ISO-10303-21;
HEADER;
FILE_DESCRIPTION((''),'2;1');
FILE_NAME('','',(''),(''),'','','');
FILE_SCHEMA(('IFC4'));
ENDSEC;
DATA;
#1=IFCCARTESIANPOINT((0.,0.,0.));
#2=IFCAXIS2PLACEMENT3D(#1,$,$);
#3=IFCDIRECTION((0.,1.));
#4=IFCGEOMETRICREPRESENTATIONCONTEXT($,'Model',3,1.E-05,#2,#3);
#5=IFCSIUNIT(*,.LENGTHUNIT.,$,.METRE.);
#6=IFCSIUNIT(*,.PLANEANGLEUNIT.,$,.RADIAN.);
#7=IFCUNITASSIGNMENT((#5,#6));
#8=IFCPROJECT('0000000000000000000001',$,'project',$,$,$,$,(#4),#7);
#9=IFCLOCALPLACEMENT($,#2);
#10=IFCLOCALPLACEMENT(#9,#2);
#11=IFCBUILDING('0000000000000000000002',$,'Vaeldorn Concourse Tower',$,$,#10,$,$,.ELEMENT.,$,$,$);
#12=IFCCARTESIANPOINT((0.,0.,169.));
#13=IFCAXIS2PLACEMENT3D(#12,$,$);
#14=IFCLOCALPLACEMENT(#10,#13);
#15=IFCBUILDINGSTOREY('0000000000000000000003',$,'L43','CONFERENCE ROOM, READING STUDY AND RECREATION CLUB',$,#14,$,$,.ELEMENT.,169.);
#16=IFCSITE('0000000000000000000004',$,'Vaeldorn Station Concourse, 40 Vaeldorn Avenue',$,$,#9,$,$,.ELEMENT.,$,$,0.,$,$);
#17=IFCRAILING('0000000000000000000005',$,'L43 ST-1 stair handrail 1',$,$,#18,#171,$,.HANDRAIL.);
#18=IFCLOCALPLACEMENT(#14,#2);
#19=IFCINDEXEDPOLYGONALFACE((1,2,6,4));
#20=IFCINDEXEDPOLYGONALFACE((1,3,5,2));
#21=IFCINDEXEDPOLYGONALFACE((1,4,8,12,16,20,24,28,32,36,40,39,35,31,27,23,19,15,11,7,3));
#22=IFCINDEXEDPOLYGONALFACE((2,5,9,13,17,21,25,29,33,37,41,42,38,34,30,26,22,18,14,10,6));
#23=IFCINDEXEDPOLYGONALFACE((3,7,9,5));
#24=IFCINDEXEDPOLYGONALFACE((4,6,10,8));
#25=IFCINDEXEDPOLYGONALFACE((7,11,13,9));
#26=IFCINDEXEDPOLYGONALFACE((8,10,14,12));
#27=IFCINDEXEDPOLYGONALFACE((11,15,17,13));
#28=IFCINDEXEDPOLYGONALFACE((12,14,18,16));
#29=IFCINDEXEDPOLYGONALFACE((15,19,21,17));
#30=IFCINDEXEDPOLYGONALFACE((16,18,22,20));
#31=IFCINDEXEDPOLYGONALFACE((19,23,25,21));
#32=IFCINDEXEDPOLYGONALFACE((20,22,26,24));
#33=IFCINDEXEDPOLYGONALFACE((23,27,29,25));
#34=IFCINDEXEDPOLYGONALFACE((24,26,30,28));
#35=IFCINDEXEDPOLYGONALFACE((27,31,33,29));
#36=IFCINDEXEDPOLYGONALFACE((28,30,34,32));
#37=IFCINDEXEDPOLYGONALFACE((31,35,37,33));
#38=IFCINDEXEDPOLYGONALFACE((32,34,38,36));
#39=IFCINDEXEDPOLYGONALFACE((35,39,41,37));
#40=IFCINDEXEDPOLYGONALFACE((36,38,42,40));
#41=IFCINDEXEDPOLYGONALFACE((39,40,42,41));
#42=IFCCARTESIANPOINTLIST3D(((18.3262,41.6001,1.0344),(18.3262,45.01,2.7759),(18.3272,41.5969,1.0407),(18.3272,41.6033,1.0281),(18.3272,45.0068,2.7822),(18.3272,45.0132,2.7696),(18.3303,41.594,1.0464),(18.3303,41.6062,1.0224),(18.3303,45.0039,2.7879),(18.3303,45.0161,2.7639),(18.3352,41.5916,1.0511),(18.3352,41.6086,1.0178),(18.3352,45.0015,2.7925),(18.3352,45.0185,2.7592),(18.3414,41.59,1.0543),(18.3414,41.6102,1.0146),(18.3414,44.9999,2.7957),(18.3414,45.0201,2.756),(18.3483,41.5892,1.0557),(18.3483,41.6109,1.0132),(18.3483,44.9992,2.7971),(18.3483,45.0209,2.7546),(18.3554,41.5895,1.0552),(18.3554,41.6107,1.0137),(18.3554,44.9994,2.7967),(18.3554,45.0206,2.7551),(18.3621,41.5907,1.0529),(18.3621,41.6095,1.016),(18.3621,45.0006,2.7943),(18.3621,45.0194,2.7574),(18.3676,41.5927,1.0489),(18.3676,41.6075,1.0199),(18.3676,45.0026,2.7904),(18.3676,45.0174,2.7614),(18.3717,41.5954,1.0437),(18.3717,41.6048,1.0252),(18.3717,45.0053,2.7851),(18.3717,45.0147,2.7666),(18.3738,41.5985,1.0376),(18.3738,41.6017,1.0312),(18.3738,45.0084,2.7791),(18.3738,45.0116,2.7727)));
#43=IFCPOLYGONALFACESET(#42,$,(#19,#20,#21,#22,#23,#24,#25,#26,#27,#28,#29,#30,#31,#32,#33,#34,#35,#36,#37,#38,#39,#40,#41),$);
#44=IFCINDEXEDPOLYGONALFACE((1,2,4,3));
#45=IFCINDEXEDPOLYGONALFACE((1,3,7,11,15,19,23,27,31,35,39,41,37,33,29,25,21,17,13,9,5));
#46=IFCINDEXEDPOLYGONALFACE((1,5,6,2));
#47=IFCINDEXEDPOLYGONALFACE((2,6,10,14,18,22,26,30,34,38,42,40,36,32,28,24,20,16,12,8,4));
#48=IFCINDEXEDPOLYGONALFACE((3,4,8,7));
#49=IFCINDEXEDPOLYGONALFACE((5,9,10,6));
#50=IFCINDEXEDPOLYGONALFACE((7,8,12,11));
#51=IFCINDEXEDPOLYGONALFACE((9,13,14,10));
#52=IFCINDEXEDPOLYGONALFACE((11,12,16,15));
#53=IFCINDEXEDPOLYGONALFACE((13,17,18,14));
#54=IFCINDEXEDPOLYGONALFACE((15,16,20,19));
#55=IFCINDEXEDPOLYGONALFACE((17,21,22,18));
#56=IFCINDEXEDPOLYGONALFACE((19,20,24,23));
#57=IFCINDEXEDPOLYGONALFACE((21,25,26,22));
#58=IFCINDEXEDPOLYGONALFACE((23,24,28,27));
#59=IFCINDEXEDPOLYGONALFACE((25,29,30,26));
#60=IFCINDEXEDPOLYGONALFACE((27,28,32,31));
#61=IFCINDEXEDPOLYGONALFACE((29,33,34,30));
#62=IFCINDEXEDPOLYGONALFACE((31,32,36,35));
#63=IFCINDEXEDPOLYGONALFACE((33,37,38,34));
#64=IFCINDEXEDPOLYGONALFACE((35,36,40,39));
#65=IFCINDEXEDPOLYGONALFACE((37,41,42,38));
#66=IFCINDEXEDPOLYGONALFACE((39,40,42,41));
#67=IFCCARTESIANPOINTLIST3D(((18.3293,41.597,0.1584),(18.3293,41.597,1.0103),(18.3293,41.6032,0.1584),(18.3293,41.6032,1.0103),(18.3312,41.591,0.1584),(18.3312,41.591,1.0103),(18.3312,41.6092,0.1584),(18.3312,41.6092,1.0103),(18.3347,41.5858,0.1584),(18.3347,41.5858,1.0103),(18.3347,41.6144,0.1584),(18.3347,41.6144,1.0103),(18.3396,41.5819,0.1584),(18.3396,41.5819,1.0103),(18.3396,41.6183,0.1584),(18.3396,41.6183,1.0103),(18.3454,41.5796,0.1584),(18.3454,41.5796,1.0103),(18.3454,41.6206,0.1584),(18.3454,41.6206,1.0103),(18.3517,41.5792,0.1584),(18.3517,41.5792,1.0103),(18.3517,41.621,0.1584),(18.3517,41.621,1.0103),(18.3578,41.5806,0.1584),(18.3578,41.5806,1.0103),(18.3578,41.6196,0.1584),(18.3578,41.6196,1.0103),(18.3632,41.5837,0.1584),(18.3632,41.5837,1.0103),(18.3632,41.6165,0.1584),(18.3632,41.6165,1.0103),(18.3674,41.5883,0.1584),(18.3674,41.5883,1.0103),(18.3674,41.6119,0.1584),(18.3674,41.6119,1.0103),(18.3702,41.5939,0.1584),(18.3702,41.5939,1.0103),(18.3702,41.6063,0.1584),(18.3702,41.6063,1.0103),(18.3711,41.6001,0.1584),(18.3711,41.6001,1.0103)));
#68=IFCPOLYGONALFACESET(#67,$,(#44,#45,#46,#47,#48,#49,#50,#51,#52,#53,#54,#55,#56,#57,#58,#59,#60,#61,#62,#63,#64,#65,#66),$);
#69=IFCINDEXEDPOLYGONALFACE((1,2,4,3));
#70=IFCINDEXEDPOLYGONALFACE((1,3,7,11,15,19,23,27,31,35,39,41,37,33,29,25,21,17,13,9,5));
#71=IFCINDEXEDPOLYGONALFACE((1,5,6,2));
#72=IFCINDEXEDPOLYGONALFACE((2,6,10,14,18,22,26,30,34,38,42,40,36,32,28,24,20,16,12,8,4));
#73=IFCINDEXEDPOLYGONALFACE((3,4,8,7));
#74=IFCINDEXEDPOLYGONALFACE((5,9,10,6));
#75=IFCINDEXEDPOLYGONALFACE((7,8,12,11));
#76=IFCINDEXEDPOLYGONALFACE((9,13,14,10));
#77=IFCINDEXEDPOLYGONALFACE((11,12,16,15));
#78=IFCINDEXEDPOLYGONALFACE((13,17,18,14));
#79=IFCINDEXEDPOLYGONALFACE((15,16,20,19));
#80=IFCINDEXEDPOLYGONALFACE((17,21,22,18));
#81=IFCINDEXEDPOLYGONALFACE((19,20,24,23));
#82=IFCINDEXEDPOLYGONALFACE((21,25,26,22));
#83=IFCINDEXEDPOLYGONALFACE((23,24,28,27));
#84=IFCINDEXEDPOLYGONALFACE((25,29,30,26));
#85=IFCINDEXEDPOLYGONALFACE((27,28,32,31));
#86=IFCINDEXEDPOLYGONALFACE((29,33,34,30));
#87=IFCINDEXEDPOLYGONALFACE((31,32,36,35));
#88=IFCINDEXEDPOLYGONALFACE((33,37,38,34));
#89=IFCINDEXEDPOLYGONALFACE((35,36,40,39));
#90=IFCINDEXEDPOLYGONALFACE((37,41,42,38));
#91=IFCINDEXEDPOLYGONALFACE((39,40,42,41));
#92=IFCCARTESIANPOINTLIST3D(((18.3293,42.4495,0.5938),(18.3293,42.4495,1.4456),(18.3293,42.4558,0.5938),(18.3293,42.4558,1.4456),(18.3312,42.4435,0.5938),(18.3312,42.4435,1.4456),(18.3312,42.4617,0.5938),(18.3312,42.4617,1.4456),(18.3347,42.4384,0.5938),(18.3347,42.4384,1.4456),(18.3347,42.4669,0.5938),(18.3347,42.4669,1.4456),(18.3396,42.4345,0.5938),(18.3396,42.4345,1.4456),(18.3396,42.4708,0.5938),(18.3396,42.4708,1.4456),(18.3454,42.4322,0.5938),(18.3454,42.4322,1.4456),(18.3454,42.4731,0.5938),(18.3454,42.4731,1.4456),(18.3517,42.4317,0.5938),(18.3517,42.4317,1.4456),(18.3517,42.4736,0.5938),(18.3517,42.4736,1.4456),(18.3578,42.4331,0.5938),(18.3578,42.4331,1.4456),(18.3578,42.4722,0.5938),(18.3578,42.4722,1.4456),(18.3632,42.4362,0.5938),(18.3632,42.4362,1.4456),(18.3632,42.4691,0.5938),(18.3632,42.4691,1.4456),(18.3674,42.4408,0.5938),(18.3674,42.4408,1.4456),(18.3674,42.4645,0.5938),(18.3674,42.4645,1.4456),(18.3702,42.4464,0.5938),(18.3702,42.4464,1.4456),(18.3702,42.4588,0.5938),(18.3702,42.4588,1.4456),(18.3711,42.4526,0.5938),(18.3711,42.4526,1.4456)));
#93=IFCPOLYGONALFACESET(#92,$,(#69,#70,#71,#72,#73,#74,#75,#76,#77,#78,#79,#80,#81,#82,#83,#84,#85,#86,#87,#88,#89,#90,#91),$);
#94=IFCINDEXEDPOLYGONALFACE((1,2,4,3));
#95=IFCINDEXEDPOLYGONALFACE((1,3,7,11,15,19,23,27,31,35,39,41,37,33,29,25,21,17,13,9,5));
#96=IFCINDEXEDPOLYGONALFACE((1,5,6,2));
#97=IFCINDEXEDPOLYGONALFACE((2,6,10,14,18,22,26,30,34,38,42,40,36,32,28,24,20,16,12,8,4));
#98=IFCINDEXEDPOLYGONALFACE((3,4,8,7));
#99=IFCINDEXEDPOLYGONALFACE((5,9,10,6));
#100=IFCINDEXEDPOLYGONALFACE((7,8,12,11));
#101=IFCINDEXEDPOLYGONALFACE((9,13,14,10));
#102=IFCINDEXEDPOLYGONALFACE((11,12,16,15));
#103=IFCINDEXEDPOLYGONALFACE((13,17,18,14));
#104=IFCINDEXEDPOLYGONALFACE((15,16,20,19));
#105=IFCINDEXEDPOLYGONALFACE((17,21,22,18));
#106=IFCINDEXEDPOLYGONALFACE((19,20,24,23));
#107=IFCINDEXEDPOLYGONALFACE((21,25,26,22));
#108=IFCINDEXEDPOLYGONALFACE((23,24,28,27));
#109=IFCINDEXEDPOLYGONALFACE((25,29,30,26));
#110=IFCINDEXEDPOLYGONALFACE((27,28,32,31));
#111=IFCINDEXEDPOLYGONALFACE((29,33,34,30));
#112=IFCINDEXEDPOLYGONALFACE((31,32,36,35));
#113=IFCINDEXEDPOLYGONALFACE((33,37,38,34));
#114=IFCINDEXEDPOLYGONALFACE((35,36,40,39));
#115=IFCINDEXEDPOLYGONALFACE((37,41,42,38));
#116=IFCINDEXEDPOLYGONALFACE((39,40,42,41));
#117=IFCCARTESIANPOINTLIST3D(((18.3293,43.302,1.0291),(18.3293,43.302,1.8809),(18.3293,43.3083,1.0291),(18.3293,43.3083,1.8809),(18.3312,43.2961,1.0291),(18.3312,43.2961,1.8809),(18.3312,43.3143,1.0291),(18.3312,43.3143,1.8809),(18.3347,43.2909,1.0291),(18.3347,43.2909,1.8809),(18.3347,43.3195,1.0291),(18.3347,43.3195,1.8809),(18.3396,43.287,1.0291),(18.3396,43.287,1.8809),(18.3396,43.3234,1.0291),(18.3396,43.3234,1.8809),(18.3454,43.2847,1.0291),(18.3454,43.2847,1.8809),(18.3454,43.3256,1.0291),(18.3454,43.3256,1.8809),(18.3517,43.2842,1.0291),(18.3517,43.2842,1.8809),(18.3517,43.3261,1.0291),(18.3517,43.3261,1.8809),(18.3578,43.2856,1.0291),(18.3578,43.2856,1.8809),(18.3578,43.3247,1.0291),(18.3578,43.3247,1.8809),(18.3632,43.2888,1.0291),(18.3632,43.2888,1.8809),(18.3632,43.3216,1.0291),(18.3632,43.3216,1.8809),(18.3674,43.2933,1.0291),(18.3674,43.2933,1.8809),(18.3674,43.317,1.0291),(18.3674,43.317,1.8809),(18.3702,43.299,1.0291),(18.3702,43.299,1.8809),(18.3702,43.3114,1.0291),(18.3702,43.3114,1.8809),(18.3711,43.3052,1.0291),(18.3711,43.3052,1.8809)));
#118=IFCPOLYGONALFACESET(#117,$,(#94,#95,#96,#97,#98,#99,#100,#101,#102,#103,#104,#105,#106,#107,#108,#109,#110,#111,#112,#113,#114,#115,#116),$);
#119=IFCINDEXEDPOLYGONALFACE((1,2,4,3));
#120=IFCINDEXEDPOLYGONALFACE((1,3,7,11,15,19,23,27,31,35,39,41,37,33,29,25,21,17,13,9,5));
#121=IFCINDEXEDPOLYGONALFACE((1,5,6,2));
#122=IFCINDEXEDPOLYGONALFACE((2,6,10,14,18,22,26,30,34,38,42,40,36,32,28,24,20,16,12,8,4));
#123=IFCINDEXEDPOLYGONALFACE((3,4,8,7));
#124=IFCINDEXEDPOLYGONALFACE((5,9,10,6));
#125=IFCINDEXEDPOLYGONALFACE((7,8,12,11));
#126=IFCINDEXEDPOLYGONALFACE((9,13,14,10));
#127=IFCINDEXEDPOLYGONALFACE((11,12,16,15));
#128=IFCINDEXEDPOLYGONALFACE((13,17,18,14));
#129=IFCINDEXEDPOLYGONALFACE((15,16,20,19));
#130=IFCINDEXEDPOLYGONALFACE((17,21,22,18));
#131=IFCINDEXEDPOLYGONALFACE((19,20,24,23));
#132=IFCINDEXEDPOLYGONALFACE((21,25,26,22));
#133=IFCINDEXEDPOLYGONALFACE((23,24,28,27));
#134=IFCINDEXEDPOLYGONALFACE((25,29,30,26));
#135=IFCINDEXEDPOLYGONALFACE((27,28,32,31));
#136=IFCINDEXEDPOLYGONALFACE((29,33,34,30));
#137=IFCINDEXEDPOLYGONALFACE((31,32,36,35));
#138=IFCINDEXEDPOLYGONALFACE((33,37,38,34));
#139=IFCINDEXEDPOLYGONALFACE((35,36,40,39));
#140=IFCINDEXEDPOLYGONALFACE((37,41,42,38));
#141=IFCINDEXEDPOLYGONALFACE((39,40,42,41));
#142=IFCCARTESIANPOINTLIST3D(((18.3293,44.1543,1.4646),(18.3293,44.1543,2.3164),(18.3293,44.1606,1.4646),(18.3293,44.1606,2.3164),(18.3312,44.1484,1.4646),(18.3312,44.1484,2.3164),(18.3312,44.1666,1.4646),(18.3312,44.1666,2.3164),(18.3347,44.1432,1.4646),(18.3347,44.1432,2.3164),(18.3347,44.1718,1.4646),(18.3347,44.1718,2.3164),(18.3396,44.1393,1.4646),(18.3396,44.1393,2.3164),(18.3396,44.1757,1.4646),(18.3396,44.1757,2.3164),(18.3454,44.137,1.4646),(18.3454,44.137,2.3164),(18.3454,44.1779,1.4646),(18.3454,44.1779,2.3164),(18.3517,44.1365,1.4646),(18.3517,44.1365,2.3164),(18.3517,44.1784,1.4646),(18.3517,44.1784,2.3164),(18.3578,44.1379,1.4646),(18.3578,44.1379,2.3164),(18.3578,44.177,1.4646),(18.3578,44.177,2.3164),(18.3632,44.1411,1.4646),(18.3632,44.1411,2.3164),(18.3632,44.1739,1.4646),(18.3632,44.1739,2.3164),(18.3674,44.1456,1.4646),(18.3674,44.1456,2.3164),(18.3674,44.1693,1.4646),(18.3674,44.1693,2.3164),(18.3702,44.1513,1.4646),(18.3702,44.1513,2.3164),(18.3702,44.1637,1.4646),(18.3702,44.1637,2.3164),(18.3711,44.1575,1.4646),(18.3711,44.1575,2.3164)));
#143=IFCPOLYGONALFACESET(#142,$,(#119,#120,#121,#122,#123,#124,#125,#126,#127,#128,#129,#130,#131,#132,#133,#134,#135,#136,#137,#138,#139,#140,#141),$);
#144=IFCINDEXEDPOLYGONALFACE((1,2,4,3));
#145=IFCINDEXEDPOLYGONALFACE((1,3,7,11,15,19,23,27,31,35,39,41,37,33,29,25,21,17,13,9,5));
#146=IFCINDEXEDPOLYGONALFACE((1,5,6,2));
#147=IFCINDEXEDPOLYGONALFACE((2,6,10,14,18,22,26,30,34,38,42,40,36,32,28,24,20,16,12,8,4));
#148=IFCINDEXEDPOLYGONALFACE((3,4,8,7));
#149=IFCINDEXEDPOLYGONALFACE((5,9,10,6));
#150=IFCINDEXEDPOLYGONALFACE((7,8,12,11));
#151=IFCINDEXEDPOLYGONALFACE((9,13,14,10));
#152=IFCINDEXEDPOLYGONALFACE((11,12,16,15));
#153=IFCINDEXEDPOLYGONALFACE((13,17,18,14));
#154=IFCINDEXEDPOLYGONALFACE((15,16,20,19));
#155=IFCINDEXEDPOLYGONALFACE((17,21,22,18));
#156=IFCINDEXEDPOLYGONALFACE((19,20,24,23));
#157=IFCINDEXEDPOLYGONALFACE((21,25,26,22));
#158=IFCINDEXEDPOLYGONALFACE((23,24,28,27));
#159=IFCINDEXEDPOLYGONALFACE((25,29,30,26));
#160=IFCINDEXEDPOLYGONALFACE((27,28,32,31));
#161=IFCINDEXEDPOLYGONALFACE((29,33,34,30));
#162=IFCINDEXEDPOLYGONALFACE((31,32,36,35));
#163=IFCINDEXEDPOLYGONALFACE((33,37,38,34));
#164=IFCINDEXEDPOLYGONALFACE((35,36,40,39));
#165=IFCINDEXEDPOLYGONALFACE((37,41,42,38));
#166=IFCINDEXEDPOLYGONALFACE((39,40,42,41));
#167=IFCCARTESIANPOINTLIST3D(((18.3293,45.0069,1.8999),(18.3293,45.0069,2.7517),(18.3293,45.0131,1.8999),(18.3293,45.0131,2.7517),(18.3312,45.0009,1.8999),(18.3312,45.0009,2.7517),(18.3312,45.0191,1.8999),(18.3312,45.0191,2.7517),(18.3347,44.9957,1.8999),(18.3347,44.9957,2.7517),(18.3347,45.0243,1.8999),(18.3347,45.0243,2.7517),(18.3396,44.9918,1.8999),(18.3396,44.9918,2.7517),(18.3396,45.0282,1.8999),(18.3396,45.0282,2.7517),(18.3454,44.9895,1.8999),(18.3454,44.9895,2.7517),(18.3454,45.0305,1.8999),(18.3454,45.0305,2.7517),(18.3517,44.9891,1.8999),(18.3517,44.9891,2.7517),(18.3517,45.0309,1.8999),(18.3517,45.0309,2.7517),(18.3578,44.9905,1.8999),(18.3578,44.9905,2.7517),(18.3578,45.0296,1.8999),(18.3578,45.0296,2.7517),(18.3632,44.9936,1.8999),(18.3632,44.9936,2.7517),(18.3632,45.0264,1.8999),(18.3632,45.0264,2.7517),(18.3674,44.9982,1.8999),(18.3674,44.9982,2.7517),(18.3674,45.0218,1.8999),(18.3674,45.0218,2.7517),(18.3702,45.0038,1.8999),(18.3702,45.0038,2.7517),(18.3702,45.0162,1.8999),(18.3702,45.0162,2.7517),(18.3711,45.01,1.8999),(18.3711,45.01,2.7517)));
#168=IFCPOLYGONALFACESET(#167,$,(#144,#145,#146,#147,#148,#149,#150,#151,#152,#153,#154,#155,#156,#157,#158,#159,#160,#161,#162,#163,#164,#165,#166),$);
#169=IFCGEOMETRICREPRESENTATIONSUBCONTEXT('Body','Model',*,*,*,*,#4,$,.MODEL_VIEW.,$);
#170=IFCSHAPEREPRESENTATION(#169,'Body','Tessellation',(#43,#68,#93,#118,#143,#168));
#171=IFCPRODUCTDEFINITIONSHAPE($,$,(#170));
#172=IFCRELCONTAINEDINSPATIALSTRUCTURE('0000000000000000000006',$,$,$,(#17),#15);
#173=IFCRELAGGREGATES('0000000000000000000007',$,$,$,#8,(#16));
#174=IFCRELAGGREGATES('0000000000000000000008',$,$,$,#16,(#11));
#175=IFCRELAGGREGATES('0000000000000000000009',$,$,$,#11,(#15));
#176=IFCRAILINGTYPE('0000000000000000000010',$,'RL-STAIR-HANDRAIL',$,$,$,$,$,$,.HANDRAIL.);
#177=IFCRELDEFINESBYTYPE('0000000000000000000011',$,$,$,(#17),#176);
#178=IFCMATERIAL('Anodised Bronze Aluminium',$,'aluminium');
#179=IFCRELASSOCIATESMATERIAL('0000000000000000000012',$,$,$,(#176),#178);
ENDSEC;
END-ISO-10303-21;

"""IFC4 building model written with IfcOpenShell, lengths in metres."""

from ifc_helpers import new_model, si_unit, direction, frame, origin, origin_2d, place, context, subcontext, project, spatial, circle, extrude, material, type_object, element, save


model = new_model("IFC4")

# Units and contexts
model_context = context("Model", 3, precision=1e-05, world=origin(), true_north=direction((0.0, 1.0)))
body_context = subcontext(model_context, "Body", "Model", "MODEL_VIEW")
ifc_project = project(units=[si_unit("LENGTHUNIT", "METRE"), si_unit("PLANEANGLEUNIT", "RADIAN")], contexts=[model_context])

# Site, building, storey
site_placement = place(None, origin())
site = spatial("IfcSite", under=ifc_project, at=site_placement, Name="Vaeldorn Station Concourse, 40 Vaeldorn Avenue", CompositionType="ELEMENT", RefElevation=0.0)
building_placement = place(site_placement, origin())
building = spatial("IfcBuilding", under=site, at=building_placement, Name="Vaeldorn Concourse Tower", CompositionType="ELEMENT")
storey_placement = place(building_placement, frame((0.0, 0.0, 169.0)))
storey = spatial("IfcBuildingStorey", under=building, at=storey_placement, Name="L43", Description="CONFERENCE ROOM, READING STUDY AND RECREATION CLUB", CompositionType="ELEMENT", Elevation=169.0)

# Shared definitions
ifc_material_1 = material(Name="Anodised Bronze Aluminium", Category="aluminium")

# Railing
railing_type = type_object("IfcRailingType", Name="RL-STAIR-HANDRAIL", PredefinedType="HANDRAIL", material=ifc_material_1)
railing_placement = place(storey_placement, frame((18.3501, 41.6001, 0.1584)))
element("IfcRailing", 1, at=railing_placement, inside=storey, type_object=railing_type, Name="L43 ST-1 stair handrail 1", PredefinedType="HANDRAIL", context=body_context, shape_type="SweptSolid", body=[
    extrude(circle(Radius=0.0239, at=origin_2d()), frame((0.0, 0.0, 0.876), z_axis=(0.0, 0.890582, 0.454823), x_axis=(-1.0, 0.0, 0.0)), (0.0, 0.0, 1.0), 3.8289),
    extrude(circle(Radius=0.021, at=origin_2d()), origin(), (0.0, 0.0, 1.0), 0.8518),
    extrude(circle(Radius=0.021, at=origin_2d()), frame((0.0, 0.8525, 0.4353)), (0.0, 0.0, 1.0), 0.8518),
    extrude(circle(Radius=0.021, at=origin_2d()), frame((0.0, 1.7051, 0.8706)), (0.0, 0.0, 1.0), 0.8518),
    extrude(circle(Radius=0.021, at=origin_2d()), frame((0.0, 2.5574, 1.3062)), (0.0, 0.0, 1.0), 0.8518),
    extrude(circle(Radius=0.021, at=origin_2d()), frame((0.0, 3.4099, 1.7415)), (0.0, 0.0, 1.0), 0.8518),
])

save(model, "model.ifc")
